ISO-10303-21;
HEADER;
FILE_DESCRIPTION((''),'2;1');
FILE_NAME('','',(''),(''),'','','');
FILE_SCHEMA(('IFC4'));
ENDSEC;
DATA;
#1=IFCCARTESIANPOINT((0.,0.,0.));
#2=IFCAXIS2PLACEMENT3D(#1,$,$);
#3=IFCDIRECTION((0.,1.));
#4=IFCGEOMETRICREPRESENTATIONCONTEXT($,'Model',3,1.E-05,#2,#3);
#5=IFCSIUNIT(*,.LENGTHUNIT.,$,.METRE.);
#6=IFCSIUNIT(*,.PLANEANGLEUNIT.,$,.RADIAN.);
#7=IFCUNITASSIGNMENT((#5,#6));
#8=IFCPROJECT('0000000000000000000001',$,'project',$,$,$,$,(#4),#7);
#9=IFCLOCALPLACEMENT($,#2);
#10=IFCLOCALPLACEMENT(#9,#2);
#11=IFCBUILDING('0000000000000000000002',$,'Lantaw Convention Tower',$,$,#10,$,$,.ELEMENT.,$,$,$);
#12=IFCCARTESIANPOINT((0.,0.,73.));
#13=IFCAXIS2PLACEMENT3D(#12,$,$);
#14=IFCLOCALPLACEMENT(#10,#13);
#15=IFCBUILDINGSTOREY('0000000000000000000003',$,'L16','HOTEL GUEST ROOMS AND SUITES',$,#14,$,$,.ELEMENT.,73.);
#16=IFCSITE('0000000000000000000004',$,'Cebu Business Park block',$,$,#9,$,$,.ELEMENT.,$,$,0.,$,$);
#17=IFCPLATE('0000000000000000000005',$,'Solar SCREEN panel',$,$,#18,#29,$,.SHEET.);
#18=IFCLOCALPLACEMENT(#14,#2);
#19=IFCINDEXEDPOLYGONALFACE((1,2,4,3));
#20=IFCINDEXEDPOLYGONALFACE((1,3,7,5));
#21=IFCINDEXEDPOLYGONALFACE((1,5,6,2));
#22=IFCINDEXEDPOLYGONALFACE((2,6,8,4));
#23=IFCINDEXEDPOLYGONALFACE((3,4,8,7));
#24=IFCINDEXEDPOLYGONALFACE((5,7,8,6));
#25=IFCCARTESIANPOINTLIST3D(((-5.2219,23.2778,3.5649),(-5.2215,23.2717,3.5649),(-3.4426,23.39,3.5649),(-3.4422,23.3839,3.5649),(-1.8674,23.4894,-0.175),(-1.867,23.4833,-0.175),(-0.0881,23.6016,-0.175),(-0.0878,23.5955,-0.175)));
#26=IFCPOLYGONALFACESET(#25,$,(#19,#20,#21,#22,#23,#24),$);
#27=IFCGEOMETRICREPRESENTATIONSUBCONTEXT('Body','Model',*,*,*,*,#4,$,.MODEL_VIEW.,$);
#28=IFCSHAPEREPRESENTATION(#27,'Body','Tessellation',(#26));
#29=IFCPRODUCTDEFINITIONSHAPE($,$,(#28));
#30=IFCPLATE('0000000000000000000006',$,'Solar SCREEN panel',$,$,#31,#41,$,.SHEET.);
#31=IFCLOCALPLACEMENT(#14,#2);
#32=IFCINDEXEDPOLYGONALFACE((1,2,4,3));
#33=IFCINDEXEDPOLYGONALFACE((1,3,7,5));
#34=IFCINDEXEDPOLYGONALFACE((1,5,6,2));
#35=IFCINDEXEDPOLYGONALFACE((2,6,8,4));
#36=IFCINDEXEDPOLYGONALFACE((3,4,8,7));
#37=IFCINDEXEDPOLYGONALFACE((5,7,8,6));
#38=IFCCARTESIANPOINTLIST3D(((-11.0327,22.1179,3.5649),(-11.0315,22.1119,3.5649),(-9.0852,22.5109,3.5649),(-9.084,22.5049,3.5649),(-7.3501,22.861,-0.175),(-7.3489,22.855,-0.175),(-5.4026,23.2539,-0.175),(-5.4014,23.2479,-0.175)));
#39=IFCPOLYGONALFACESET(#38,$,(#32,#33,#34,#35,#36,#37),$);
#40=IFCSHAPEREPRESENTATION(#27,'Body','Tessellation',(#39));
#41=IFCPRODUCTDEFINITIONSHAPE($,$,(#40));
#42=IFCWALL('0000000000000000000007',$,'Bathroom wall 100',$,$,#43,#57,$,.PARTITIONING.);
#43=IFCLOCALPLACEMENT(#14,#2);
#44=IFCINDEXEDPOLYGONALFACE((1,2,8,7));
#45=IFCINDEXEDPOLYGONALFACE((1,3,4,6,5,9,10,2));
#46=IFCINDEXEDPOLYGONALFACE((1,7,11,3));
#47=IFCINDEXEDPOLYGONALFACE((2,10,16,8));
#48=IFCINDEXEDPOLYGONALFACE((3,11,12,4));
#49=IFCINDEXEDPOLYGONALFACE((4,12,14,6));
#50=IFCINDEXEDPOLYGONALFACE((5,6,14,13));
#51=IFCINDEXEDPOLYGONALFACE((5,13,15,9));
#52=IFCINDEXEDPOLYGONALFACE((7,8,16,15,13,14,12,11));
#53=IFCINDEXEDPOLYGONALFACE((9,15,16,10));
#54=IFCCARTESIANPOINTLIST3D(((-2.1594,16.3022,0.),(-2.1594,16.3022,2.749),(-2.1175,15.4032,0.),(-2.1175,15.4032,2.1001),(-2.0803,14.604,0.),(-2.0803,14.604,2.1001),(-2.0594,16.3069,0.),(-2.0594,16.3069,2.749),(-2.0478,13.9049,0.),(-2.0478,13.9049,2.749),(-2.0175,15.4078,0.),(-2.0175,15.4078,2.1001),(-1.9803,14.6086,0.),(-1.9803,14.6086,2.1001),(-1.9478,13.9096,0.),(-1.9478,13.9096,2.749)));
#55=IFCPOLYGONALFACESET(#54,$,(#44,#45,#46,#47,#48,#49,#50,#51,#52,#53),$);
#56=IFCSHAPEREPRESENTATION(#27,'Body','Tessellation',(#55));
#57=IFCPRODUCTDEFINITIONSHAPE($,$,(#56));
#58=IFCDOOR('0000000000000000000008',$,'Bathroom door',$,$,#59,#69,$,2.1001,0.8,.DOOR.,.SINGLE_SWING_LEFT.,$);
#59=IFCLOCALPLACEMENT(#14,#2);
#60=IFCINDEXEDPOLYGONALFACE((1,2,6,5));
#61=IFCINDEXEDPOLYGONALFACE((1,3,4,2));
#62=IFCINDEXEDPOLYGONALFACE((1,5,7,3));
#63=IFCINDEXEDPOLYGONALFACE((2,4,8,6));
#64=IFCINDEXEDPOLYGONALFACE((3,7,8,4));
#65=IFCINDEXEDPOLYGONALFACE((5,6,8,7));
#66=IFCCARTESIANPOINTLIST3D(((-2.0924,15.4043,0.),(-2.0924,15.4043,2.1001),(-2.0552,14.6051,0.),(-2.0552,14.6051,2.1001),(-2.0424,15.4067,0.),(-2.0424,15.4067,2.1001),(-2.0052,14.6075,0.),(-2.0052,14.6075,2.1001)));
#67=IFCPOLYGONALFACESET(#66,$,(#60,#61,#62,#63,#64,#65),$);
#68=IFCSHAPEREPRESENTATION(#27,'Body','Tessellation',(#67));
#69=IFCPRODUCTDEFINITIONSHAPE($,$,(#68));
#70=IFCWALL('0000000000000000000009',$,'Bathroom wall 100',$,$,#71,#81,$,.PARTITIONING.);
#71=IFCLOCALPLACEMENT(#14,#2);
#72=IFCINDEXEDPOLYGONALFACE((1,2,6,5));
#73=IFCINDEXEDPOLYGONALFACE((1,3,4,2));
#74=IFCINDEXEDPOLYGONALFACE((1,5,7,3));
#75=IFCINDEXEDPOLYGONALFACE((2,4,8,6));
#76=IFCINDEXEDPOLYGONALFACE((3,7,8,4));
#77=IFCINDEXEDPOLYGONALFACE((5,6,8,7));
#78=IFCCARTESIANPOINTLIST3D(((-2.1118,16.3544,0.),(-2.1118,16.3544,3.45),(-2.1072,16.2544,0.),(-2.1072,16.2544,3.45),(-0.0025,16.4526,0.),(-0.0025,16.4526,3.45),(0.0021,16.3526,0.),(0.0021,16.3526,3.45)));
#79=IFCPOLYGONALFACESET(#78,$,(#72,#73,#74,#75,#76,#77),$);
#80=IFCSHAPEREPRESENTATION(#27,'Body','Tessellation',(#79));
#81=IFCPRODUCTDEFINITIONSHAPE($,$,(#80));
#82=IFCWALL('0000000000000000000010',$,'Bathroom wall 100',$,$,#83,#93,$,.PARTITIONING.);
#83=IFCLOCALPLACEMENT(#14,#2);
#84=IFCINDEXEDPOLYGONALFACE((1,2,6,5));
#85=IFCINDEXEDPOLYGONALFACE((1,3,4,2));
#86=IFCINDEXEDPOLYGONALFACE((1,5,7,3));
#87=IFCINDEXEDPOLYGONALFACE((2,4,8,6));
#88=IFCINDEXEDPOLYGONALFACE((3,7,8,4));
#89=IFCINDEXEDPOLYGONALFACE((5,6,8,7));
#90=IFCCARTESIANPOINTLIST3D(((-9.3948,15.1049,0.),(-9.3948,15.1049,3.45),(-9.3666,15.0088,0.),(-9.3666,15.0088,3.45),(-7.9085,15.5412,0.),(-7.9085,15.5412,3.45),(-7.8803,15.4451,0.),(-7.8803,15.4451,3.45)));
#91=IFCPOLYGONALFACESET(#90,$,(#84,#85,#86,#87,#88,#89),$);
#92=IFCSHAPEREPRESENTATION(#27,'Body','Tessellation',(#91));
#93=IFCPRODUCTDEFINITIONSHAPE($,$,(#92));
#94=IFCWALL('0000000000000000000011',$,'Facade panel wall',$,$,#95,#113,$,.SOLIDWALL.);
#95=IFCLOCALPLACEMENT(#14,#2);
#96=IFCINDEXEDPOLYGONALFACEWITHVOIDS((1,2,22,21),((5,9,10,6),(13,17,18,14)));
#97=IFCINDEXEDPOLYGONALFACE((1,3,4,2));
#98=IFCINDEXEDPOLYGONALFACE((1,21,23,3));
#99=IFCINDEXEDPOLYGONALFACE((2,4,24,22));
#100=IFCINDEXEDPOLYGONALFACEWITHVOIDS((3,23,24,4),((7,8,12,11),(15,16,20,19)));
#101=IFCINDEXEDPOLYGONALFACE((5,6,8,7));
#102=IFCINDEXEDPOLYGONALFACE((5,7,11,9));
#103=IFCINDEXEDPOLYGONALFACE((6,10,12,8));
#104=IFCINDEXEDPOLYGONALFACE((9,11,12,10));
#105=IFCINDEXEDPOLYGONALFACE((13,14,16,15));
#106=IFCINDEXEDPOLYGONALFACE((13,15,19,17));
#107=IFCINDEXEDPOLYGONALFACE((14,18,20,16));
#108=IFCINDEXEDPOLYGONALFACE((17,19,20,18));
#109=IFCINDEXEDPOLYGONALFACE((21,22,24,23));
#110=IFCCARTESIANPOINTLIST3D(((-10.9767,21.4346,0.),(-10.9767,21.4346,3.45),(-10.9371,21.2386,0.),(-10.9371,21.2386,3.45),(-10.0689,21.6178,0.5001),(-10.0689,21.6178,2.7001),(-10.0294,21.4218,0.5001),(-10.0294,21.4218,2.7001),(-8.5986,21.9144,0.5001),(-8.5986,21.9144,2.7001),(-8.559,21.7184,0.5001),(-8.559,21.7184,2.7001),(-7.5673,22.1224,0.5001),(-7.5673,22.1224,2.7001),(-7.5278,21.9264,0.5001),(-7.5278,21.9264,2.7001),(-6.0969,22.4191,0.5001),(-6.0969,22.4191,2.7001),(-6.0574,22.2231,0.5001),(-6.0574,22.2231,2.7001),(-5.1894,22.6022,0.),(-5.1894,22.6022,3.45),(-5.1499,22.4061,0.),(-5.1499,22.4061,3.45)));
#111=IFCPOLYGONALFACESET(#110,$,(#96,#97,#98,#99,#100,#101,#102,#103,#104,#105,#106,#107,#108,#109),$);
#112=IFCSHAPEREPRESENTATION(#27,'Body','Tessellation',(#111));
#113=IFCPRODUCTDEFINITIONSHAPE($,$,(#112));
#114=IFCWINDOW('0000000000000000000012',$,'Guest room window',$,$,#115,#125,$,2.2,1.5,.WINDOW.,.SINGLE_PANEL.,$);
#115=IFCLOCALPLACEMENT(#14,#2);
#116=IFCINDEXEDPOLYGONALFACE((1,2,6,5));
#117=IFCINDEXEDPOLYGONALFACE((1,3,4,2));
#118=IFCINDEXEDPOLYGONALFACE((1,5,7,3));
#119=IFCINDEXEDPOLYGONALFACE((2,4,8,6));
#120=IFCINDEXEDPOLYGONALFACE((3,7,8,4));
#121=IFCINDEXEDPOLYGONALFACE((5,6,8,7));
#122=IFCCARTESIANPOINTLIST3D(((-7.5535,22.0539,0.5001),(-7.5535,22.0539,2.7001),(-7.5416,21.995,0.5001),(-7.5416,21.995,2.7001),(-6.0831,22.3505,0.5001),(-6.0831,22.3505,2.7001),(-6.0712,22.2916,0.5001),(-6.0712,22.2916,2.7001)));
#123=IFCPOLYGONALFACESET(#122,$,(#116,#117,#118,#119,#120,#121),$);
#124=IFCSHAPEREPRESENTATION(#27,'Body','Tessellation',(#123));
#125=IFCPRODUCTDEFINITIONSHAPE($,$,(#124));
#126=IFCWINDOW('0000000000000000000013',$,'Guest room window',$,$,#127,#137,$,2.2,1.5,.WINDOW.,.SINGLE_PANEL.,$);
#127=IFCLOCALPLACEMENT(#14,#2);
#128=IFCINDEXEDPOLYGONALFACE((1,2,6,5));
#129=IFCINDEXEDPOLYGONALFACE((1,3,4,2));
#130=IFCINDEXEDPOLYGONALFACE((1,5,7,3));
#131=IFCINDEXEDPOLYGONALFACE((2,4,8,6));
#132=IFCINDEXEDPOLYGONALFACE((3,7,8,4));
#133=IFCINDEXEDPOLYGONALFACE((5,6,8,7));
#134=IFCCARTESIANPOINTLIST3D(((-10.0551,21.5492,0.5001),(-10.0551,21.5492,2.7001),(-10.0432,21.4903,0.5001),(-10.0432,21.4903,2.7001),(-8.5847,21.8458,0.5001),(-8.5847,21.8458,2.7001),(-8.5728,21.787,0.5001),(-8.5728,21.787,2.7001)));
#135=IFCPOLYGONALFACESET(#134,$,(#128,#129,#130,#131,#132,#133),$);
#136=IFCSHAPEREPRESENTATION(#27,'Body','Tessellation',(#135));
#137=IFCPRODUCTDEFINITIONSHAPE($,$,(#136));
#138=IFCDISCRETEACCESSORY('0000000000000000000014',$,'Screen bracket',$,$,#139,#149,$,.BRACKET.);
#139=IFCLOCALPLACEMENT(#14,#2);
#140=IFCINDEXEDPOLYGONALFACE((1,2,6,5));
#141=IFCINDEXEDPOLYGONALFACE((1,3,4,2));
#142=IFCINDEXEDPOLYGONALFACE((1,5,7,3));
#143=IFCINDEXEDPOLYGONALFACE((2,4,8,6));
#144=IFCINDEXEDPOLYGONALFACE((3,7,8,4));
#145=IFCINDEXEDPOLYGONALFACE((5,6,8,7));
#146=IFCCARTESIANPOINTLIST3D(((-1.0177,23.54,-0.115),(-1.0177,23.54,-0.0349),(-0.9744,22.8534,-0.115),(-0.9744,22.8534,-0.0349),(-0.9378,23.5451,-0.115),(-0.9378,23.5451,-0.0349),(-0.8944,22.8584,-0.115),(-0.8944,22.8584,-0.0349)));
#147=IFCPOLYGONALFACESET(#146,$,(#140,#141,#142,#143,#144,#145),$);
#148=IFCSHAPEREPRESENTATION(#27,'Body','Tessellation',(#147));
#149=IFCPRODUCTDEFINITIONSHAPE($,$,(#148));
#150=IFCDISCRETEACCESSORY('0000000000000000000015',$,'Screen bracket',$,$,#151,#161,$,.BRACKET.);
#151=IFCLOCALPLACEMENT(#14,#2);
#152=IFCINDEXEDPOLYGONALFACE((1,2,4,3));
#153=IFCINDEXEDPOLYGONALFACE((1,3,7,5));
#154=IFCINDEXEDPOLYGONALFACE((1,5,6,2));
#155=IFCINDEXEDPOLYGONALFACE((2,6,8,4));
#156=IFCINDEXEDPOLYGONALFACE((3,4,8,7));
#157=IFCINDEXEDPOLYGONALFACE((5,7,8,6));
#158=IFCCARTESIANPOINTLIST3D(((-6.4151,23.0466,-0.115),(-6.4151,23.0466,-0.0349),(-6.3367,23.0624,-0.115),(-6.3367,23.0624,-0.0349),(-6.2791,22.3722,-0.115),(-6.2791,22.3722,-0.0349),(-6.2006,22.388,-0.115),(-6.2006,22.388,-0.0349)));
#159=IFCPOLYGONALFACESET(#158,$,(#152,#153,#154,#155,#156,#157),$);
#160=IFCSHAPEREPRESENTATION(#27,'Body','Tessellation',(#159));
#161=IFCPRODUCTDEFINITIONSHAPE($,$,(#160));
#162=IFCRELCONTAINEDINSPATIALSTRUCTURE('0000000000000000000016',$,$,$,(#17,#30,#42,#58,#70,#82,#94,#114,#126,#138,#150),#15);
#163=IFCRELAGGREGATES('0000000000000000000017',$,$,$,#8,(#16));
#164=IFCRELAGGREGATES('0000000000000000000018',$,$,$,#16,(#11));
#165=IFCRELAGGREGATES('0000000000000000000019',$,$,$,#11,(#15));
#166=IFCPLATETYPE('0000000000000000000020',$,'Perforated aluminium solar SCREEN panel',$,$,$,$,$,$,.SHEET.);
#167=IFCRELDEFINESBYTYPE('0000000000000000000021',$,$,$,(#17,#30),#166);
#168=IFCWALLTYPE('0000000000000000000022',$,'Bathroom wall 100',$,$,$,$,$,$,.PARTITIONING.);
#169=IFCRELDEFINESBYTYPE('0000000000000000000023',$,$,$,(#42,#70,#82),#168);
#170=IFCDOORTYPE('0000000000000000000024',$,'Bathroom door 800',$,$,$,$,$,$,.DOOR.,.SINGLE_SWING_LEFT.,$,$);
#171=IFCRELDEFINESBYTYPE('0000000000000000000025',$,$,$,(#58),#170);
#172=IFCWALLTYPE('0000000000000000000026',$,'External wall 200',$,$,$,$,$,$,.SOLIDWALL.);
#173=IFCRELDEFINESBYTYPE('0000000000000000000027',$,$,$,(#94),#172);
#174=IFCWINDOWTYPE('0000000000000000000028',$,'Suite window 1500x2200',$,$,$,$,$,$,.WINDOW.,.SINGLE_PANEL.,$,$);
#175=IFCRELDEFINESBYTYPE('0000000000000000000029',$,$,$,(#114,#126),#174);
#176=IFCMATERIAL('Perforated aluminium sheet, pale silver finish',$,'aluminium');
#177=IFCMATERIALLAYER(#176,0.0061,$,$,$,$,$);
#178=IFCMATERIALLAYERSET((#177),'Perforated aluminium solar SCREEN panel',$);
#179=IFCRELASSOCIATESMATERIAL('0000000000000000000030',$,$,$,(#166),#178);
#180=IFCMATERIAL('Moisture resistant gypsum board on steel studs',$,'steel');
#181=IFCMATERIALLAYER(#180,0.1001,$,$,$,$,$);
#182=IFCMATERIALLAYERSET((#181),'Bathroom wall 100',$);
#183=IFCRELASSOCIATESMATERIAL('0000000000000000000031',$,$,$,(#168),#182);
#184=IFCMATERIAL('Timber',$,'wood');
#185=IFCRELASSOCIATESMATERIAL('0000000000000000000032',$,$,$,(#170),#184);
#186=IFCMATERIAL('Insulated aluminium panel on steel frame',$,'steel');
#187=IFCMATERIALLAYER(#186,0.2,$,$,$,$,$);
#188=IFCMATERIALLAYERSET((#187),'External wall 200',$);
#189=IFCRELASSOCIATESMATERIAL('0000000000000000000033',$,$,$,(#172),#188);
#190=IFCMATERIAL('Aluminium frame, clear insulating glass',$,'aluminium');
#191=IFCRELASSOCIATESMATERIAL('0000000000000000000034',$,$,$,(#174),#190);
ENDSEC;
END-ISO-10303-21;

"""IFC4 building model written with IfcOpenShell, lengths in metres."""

from ifc_helpers import new_model, si_unit, direction, frame, frame_2d, origin, origin_2d, place, context, subcontext, project, spatial, polyline, rectangle, outline, extrude, material, layer, layer_set, type_object, element, fill, save


model = new_model("IFC4")

# Units and contexts
model_context = context("Model", 3, precision=1e-05, world=origin(), true_north=direction((0.0, 1.0)))
body_context = subcontext(model_context, "Body", "Model", "MODEL_VIEW")
ifc_project = project(units=[si_unit("LENGTHUNIT", "METRE"), si_unit("PLANEANGLEUNIT", "RADIAN")], contexts=[model_context])

# Site, building, storey
site_placement = place(None, origin())
site = spatial("IfcSite", under=ifc_project, at=site_placement, Name="Cebu Business Park block", CompositionType="ELEMENT", RefElevation=0.0)
building_placement = place(site_placement, origin())
building = spatial("IfcBuilding", under=site, at=building_placement, Name="Lantaw Convention Tower", CompositionType="ELEMENT")
storey_placement = place(building_placement, frame((0.0, 0.0, 73.0)))
storey = spatial("IfcBuildingStorey", under=building, at=storey_placement, Name="L16", Description="HOTEL GUEST ROOMS AND SUITES", CompositionType="ELEMENT", Elevation=73.0)

# Plates
ifc_material_1 = material(Name="Perforated aluminium sheet, pale silver finish", Category="aluminium")
ifc_layer_1 = layer(ifc_material_1, 0.0061)
ifc_layer_set_1 = layer_set([ifc_layer_1], Name="Perforated aluminium solar SCREEN panel")
plate_type = type_object("IfcPlateType", Name="Perforated aluminium solar SCREEN panel", PredefinedType="SHEET", material=ifc_layer_set_1)
plate_1_placement = place(storey_placement, frame((-0.0881, 23.6016, -0.175), z_axis=(-0.062924, 0.998018, 0.000014), x_axis=(-0.998018, -0.062924, 0.0)))
element("IfcPlate", 1, at=plate_1_placement, inside=storey, type_object=plate_type, Name="Solar SCREEN panel", PredefinedType="SHEET", context=body_context, shape_type="SweptSolid", body=[
    extrude(outline(polyline([(0.0, 0.0), (1.7828, 0.0), (5.144, 3.74), (3.3611, 3.74), (0.0, 0.0)])), origin(), (0.0, 0.0, -1.0), 0.0061),
])
plate_2_placement = place(storey_placement, frame((-5.4026, 23.2539, -0.175), z_axis=(-0.197782, 0.980246, 0.000002), x_axis=(-0.980246, -0.197782, 0.0)))
element("IfcPlate", 2, at=plate_2_placement, inside=storey, type_object=plate_type, Name="Solar SCREEN panel", PredefinedType="SHEET", context=body_context, shape_type="SweptSolid", body=[
    extrude(outline(polyline([(0.0, 0.0), (1.9867, 0.0), (5.7436, 3.74), (3.7568, 3.74), (0.0, 0.0)])), origin(), (0.0, 0.0, -1.0), 0.0061),
])

# Wall, opening, door
ifc_material_2 = material(Name="Moisture resistant gypsum board on steel studs", Category="steel")
ifc_layer_2 = layer(ifc_material_2, 0.1001)
ifc_layer_set_2 = layer_set([ifc_layer_2], Name="Bathroom wall 100")
wall_type_1 = type_object("IfcWallType", Name="Bathroom wall 100", PredefinedType="PARTITIONING", material=ifc_layer_set_2)
wall_1_placement = place(storey_placement, frame((-1.9978, 13.9072, 0.0), z_axis=(0.0, 0.0, 1.0), x_axis=(-0.046492, 0.998919, 0.0)))
wall_1 = element("IfcWall", 3, at=wall_1_placement, inside=storey, type_object=wall_type_1, Name="Bathroom wall 100", PredefinedType="PARTITIONING", context=body_context, shape_type="SweptSolid", body=[
    extrude(rectangle(XDim=2.3999, YDim=0.1001, at=frame_2d((1.2, 0.0))), origin(), (0.0, 0.0, 1.0), 2.749),
])
opening_1_placement = place(wall_1_placement, frame((0.7, 0.0, 0.0)))
opening_1 = element("IfcOpeningElement", 4, at=opening_1_placement, cuts=wall_1, PredefinedType="OPENING", context=body_context, shape_type="SweptSolid", body=[
    extrude(rectangle(XDim=0.8, YDim=2.1001, at=frame_2d((0.3999, 1.05))), frame((0.0, 0.0601, 0.0), z_axis=(0.0, -1.0, 0.0), x_axis=(1.0, 0.0, 0.0)), (0.0, 0.0, 1.0), 0.1201),
])
ifc_material_3 = material(Name="Timber", Category="wood")
door_type = type_object("IfcDoorType", Name="Bathroom door 800", OperationType="SINGLE_SWING_LEFT", PredefinedType="DOOR", material=ifc_material_3)
door_placement = place(opening_1_placement, origin())
door = element("IfcDoor", 5, at=door_placement, inside=storey, type_object=door_type, Name="Bathroom door", OperationType="SINGLE_SWING_LEFT", OverallHeight=2.1001, OverallWidth=0.8, PredefinedType="DOOR", context=body_context, shape_type="SweptSolid", body=[
    extrude(rectangle(XDim=0.8, YDim=2.1001, at=frame_2d((0.3999, 1.05))), frame((0.0, 0.0249, 0.0), z_axis=(0.0, -1.0, 0.0), x_axis=(1.0, 0.0, 0.0)), (0.0, 0.0, 1.0), 0.05),
])
fill(opening_1, door)

# Walls
wall_2_placement = place(storey_placement, frame((-2.1094, 16.3044, 0.0), z_axis=(0.0, 0.0, 1.0), x_axis=(0.998919, 0.046477, 0.0)))
element("IfcWall", 6, at=wall_2_placement, inside=storey, type_object=wall_type_1, Name="Bathroom wall 100", PredefinedType="PARTITIONING", context=body_context, shape_type="SweptSolid", body=[
    extrude(rectangle(XDim=2.1116, YDim=0.1001, at=frame_2d((1.0557, 0.0))), origin(), (0.0, 0.0, 1.0), 3.45),
])
wall_3_placement = place(storey_placement, frame((-9.3806, 15.0569, 0.0), z_axis=(0.0, 0.0, 1.0), x_axis=(0.959518, 0.281646, 0.0)))
element("IfcWall", 7, at=wall_3_placement, inside=storey, type_object=wall_type_1, Name="Bathroom wall 100", PredefinedType="PARTITIONING", context=body_context, shape_type="SweptSolid", body=[
    extrude(rectangle(XDim=1.5491, YDim=0.1001, at=frame_2d((0.7744, 0.0))), origin(), (0.0, 0.0, 1.0), 3.45),
])

# Wall, openings, windows
ifc_material_4 = material(Name="Insulated aluminium panel on steel frame", Category="steel")
ifc_layer_3 = layer(ifc_material_4, 0.2)
ifc_layer_set_3 = layer_set([ifc_layer_3], Name="External wall 200")
wall_type_2 = type_object("IfcWallType", Name="External wall 200", PredefinedType="SOLIDWALL", material=ifc_layer_set_3)
wall_4_placement = place(storey_placement, frame((-5.1697, 22.5042, 0.0), z_axis=(0.0, 0.0, 1.0), x_axis=(-0.980252, -0.197754, 0.0)))
wall_4 = element("IfcWall", 8, at=wall_4_placement, inside=storey, type_object=wall_type_2, Name="Facade panel wall", PredefinedType="SOLIDWALL", context=body_context, shape_type="SweptSolid", body=[
    extrude(rectangle(XDim=5.9038, YDim=0.2, at=frame_2d((2.9519, 0.0))), origin(), (0.0, 0.0, 1.0), 3.45),
])
opening_2_placement = place(wall_4_placement, frame((0.9258, 0.0, 0.5)))
opening_2 = element("IfcOpeningElement", 9, at=opening_2_placement, cuts=wall_4, PredefinedType="OPENING", context=body_context, shape_type="SweptSolid", body=[
    extrude(rectangle(XDim=1.5, YDim=2.2, at=frame_2d((0.75, 1.1001))), frame((0.0, 0.1099, 0.0), z_axis=(0.0, -1.0, 0.0), x_axis=(1.0, 0.0, 0.0)), (0.0, 0.0, 1.0), 0.22),
])
opening_3_placement = place(wall_4_placement, frame((3.4778, 0.0, 0.5)))
opening_3 = element("IfcOpeningElement", 10, at=opening_3_placement, cuts=wall_4, PredefinedType="OPENING", context=body_context, shape_type="SweptSolid", body=[
    extrude(rectangle(XDim=1.5, YDim=2.2, at=frame_2d((0.75, 1.1001))), frame((0.0, 0.1099, 0.0), z_axis=(0.0, -1.0, 0.0), x_axis=(1.0, 0.0, 0.0)), (0.0, 0.0, 1.0), 0.22),
])
ifc_material_5 = material(Name="Aluminium frame, clear insulating glass", Category="aluminium")
window_type = type_object("IfcWindowType", Name="Suite window 1500x2200", PartitioningType="SINGLE_PANEL", PredefinedType="WINDOW", material=ifc_material_5)
window_1_placement = place(opening_2_placement, origin())
window_1 = element("IfcWindow", 11, at=window_1_placement, inside=storey, type_object=window_type, Name="Guest room window", OverallHeight=2.2, OverallWidth=1.5, PartitioningType="SINGLE_PANEL", PredefinedType="WINDOW", context=body_context, shape_type="SweptSolid", body=[
    extrude(rectangle(XDim=1.5, YDim=2.2, at=frame_2d((0.75, 1.1001))), frame((0.0, 0.03, 0.0), z_axis=(0.0, -1.0, 0.0), x_axis=(1.0, 0.0, 0.0)), (0.0, 0.0, 1.0), 0.0601),
])
fill(opening_2, window_1)
window_2_placement = place(opening_3_placement, origin())
window_2 = element("IfcWindow", 12, at=window_2_placement, inside=storey, type_object=window_type, Name="Guest room window", OverallHeight=2.2, OverallWidth=1.5, PartitioningType="SINGLE_PANEL", PredefinedType="WINDOW", context=body_context, shape_type="SweptSolid", body=[
    extrude(rectangle(XDim=1.5, YDim=2.2, at=frame_2d((0.75, 1.1001))), frame((0.0, 0.03, 0.0), z_axis=(0.0, -1.0, 0.0), x_axis=(1.0, 0.0, 0.0)), (0.0, 0.0, 1.0), 0.0601),
])
fill(opening_3, window_2)

# Discrete accessories
for number, where, z_axis, x_axis, name in (
    (13, (-0.9561, 23.1992, -0.115), (0.0, 0.0, 1.0), (-0.998016, -0.062958, 0.0), "Screen bracket"),
    (14, (-6.3079, 22.7173, -0.115), (0.0, 0.0, 1.0), (-0.980245, -0.197789, 0.0), "Screen bracket"),
):
    element("IfcDiscreteAccessory", number, at=place(storey_placement, frame(where, z_axis=z_axis, x_axis=x_axis)), inside=storey, Name=name, PredefinedType="BRACKET", context=body_context, shape_type="SweptSolid", body=[
        extrude(rectangle(XDim=0.0801, YDim=0.688, at=origin_2d()), origin(), (0.0, 0.0, 1.0), 0.0801),
    ])

save(model, "model.ifc")
